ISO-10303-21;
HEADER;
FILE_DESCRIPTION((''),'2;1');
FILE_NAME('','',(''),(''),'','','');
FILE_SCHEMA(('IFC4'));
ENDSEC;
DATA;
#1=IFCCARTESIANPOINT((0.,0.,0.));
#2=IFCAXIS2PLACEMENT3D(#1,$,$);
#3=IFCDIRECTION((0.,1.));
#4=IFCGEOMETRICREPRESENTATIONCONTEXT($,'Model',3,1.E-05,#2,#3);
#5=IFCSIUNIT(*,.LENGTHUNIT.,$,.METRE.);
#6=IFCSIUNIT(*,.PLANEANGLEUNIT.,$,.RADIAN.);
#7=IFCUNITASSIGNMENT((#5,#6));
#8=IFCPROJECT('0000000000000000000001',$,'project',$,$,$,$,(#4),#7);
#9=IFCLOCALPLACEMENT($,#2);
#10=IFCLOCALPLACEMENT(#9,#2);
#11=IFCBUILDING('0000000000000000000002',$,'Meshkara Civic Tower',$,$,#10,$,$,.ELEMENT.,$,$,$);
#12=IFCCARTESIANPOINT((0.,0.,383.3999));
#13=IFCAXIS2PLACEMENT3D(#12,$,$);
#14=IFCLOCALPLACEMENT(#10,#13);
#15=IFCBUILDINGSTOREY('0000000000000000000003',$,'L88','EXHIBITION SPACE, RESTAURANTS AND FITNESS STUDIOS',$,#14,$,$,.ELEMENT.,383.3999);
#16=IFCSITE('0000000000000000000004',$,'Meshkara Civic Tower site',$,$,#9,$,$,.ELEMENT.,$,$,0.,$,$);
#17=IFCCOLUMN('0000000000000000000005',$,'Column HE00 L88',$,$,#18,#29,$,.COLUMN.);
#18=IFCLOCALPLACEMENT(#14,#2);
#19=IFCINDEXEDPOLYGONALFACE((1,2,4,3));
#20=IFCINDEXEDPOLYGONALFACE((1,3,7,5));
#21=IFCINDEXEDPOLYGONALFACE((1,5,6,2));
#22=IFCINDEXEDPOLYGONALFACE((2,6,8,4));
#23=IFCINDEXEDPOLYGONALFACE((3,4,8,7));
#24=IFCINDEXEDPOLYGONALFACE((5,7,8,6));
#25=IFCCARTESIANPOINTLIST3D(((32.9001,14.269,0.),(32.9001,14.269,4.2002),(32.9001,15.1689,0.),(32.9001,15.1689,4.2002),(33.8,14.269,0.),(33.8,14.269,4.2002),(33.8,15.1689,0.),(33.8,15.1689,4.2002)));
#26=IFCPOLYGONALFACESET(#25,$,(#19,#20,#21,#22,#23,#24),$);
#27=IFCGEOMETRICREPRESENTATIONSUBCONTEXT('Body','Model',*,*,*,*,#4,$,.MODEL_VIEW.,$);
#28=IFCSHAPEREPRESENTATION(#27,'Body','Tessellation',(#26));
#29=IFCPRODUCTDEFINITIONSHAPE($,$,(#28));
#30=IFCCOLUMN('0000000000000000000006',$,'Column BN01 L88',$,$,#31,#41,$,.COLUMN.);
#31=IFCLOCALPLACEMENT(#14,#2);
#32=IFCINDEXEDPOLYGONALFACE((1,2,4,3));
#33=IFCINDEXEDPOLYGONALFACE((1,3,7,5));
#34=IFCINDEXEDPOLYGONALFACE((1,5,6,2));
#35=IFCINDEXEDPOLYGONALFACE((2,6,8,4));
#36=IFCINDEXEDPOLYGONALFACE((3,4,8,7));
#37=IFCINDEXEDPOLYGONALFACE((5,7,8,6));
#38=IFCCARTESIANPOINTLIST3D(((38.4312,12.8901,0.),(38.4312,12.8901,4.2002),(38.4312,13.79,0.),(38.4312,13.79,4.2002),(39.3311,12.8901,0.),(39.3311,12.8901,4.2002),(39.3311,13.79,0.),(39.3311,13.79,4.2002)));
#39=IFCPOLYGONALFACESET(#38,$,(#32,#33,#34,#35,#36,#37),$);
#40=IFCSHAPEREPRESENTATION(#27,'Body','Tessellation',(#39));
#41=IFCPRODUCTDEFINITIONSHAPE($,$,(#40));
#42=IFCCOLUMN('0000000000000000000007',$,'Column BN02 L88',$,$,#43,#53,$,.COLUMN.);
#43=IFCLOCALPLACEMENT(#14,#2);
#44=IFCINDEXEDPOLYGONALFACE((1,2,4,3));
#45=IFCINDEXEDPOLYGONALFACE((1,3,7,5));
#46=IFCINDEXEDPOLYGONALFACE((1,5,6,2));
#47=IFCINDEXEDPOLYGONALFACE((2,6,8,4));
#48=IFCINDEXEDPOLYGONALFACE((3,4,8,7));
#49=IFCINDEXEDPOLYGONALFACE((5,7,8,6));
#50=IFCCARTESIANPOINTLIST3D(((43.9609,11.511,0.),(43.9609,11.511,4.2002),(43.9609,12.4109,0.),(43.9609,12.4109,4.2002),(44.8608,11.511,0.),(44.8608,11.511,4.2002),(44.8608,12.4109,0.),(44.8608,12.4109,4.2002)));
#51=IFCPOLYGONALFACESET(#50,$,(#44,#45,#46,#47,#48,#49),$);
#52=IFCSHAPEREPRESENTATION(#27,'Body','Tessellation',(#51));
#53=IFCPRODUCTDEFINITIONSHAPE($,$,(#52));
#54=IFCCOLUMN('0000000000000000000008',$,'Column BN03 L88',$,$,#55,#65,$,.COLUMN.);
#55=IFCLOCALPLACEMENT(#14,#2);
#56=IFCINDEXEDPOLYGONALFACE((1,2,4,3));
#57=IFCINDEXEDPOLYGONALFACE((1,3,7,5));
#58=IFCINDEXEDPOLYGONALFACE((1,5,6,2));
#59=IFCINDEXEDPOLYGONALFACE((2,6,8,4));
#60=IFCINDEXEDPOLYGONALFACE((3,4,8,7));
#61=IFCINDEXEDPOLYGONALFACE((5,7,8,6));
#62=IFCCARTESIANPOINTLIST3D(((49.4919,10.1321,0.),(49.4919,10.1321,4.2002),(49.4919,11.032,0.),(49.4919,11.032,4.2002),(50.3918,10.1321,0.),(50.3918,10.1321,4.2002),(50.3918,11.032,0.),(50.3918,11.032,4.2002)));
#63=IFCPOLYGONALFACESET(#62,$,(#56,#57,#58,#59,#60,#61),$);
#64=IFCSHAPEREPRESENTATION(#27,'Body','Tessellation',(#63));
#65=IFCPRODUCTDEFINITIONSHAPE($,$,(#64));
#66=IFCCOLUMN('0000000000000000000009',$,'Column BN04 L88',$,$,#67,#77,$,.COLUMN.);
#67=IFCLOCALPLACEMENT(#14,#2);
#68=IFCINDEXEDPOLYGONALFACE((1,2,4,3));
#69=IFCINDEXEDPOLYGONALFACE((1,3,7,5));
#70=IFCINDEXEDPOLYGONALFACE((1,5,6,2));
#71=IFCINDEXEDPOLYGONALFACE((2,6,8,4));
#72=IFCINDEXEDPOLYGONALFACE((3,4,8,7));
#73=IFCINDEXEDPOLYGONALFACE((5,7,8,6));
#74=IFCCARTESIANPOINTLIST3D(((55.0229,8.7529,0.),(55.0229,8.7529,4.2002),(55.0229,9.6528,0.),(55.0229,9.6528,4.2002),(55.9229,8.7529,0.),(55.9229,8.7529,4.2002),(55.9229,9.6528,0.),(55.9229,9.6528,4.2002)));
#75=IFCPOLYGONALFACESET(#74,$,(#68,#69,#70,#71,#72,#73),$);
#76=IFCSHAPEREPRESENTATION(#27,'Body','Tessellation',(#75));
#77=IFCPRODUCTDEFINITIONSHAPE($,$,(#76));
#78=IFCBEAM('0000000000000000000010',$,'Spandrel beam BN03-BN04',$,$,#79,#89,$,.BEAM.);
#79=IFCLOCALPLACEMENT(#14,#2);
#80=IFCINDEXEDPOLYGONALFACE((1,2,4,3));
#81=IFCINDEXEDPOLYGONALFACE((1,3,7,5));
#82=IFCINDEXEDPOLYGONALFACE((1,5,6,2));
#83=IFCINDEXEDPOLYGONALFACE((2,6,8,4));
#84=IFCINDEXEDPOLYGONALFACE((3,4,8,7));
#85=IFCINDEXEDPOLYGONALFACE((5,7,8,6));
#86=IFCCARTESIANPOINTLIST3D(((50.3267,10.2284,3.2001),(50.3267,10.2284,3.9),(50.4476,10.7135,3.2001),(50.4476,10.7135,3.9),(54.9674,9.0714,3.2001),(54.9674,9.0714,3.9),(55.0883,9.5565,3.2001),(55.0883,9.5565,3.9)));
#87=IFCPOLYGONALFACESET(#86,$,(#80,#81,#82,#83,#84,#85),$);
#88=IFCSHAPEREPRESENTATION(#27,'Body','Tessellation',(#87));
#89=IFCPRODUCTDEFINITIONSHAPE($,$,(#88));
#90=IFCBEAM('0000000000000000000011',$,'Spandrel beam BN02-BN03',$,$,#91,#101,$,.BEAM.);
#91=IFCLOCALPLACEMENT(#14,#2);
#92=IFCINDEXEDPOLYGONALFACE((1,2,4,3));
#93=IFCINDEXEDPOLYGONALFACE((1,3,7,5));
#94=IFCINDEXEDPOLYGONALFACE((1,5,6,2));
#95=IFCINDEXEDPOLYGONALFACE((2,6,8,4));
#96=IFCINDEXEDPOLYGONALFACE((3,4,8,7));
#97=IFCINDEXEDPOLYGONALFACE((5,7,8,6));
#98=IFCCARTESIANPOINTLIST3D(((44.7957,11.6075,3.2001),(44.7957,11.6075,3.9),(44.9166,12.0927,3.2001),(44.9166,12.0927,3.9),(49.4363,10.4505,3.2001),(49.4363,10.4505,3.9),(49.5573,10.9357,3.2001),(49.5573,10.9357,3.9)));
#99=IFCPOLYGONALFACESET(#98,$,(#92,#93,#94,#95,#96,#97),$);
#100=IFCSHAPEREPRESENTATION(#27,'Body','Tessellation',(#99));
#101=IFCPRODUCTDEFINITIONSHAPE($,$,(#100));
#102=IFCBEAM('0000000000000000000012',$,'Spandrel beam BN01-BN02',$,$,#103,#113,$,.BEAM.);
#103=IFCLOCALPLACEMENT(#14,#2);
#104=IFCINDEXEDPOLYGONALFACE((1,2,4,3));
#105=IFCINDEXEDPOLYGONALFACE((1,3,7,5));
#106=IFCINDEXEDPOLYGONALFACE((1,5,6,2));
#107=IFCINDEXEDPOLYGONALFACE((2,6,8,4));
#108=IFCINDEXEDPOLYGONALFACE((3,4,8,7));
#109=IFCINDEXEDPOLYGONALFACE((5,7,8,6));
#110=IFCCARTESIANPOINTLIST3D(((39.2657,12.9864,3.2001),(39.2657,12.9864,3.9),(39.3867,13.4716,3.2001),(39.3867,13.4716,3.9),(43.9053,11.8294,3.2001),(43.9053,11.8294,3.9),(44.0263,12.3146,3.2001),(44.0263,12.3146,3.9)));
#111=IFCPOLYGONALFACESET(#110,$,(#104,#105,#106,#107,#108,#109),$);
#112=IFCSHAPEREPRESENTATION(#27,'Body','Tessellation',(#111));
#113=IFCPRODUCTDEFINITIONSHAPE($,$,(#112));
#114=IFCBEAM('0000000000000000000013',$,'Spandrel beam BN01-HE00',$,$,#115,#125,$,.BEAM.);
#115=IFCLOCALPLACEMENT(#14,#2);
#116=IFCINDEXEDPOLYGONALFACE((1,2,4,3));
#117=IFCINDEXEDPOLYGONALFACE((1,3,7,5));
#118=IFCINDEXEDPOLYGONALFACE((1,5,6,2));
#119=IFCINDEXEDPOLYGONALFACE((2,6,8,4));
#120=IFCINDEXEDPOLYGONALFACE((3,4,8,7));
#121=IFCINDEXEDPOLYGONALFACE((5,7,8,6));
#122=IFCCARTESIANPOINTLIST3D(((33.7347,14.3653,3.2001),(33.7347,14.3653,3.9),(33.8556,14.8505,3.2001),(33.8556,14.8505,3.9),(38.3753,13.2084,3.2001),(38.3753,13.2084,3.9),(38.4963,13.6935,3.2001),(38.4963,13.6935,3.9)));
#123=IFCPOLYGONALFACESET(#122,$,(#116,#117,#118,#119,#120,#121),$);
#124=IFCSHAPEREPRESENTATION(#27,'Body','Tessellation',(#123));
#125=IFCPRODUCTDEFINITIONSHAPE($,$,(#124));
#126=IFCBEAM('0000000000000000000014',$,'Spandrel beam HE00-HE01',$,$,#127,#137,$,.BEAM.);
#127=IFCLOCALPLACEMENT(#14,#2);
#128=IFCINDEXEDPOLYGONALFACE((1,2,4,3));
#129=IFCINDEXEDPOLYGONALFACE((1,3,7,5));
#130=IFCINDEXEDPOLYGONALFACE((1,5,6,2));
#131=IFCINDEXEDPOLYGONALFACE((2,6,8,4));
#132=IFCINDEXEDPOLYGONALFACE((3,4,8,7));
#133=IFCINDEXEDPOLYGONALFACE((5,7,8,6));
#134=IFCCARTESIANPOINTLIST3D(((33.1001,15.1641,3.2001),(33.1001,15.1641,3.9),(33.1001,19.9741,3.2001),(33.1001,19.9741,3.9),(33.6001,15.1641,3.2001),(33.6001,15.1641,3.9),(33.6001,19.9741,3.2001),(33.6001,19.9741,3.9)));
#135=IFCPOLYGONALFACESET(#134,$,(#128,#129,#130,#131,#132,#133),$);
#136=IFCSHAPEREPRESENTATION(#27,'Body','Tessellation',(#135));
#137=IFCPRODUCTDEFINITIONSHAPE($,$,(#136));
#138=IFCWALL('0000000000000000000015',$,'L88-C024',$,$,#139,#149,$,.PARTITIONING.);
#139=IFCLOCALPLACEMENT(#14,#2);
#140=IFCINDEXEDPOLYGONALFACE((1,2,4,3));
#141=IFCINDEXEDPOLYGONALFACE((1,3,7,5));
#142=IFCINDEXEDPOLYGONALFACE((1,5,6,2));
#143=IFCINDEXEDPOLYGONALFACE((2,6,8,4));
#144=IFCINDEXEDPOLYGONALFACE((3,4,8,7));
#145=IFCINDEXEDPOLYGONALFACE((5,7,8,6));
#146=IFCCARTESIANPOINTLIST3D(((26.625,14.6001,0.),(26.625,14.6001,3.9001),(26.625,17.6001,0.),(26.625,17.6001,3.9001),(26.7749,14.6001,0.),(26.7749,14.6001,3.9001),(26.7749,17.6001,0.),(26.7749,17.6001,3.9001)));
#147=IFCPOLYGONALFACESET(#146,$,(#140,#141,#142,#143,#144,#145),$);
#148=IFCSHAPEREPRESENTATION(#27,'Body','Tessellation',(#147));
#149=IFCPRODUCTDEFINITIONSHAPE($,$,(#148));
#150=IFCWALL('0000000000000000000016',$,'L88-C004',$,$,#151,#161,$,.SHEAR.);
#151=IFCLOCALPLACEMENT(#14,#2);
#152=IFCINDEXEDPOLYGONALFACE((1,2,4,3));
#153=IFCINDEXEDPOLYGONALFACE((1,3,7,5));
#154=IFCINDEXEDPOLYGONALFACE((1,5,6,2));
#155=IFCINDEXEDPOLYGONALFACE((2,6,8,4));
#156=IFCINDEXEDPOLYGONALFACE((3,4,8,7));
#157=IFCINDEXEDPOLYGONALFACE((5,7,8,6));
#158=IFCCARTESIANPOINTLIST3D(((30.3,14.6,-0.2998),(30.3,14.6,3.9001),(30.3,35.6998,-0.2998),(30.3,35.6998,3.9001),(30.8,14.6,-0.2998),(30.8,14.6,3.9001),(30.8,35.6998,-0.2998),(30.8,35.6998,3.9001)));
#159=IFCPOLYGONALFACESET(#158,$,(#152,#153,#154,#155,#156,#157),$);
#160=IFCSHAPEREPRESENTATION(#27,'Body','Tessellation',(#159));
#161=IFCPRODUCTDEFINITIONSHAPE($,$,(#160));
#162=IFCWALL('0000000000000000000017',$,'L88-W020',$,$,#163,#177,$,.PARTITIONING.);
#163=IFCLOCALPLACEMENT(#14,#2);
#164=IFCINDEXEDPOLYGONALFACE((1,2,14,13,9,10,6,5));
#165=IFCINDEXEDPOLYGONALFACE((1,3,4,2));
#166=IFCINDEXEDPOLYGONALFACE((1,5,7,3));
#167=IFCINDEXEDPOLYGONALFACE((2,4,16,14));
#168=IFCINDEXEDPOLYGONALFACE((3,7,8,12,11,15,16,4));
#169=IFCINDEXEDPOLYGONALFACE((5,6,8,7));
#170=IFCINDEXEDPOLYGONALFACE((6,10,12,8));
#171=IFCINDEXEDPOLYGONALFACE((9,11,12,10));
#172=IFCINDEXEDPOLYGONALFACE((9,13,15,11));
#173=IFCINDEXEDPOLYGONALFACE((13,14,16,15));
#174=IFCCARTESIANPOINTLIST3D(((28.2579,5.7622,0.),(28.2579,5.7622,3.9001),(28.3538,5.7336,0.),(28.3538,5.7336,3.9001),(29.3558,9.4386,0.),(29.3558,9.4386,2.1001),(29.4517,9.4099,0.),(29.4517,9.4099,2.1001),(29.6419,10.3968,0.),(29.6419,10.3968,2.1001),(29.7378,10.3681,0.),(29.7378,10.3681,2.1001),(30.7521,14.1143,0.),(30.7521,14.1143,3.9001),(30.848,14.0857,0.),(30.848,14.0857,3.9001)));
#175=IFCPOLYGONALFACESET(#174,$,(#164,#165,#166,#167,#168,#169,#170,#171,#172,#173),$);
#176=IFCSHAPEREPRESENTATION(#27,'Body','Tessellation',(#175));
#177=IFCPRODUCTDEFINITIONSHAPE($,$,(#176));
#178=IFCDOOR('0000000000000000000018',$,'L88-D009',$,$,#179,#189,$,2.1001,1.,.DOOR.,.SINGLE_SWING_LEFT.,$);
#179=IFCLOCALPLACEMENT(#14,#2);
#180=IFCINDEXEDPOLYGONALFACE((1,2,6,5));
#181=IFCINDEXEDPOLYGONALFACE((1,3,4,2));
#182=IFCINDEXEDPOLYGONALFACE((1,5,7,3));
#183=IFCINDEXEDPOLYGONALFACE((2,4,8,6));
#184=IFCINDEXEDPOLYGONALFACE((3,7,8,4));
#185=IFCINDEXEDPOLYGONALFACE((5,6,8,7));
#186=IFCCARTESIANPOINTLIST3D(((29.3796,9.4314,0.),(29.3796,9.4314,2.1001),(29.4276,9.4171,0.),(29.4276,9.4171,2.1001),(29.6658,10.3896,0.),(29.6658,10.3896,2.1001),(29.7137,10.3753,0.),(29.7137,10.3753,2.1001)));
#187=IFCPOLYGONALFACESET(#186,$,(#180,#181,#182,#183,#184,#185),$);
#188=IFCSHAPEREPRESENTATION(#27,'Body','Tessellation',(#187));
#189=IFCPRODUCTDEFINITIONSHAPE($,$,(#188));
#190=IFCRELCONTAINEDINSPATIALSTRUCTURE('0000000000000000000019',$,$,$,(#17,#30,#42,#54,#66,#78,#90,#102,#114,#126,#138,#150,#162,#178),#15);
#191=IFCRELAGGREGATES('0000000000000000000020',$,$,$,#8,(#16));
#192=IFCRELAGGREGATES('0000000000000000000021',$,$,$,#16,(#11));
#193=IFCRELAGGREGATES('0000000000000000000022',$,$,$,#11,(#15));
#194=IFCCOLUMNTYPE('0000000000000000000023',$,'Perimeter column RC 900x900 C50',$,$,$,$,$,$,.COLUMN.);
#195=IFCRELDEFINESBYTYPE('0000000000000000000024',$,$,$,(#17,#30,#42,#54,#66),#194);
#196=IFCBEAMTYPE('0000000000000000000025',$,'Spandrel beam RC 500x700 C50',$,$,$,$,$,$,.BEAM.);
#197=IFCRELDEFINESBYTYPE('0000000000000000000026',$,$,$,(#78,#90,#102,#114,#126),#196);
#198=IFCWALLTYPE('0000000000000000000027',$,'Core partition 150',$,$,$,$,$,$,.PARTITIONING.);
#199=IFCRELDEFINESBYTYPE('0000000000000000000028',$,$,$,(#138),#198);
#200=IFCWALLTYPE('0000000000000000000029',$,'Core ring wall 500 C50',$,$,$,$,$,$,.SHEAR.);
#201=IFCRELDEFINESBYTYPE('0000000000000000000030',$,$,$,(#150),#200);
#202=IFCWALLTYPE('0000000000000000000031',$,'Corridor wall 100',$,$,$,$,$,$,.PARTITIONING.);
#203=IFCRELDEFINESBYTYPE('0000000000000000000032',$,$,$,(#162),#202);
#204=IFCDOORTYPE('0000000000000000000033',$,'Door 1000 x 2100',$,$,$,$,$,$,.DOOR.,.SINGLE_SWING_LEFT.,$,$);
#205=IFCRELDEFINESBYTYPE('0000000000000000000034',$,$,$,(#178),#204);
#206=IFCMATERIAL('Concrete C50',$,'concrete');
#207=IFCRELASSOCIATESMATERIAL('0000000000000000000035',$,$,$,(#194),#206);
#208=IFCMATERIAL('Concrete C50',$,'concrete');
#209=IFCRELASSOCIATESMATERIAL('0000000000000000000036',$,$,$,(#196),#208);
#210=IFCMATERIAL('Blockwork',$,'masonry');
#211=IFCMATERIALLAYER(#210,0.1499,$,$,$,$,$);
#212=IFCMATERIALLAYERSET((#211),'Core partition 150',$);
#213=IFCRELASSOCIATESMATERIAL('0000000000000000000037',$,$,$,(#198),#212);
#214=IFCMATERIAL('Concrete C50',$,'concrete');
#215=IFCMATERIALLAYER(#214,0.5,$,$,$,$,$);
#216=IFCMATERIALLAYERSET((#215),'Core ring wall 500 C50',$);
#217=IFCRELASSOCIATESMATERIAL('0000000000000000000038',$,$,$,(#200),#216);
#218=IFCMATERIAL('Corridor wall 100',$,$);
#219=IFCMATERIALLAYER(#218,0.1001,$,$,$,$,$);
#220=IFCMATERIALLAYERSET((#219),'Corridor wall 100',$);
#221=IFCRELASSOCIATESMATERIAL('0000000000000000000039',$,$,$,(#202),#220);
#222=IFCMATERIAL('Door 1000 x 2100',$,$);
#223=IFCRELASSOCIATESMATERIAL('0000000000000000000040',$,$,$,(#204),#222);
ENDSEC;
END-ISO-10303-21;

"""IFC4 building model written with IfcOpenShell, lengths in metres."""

from ifc_helpers import new_model, si_unit, direction, frame, frame_2d, origin, origin_2d, place, context, subcontext, project, spatial, rectangle, extrude, material, layer, layer_set, material_profile, profile_set, type_object, element, fill, save


model = new_model("IFC4")

# Units and contexts
model_context = context("Model", 3, precision=1e-05, world=origin(), true_north=direction((0.0, 1.0)))
body_context = subcontext(model_context, "Body", "Model", "MODEL_VIEW")
ifc_project = project(units=[si_unit("LENGTHUNIT", "METRE"), si_unit("PLANEANGLEUNIT", "RADIAN")], contexts=[model_context])

# Site, building, storey
site_placement = place(None, origin())
site = spatial("IfcSite", under=ifc_project, at=site_placement, Name="Meshkara Civic Tower site", CompositionType="ELEMENT", RefElevation=0.0)
building_placement = place(site_placement, origin())
building = spatial("IfcBuilding", under=site, at=building_placement, Name="Meshkara Civic Tower", CompositionType="ELEMENT")
storey_placement = place(building_placement, frame((0.0, 0.0, 383.3999)))
storey = spatial("IfcBuildingStorey", under=building, at=storey_placement, Name="L88", Description="EXHIBITION SPACE, RESTAURANTS AND FITNESS STUDIOS", CompositionType="ELEMENT", Elevation=383.3999)

# Columns
ifc_material_1 = material(Name="Concrete C50", Category="concrete")
ifc_material_profile_1 = material_profile(ifc_material_1, rectangle(XDim=0.8999, YDim=0.8999, at=origin_2d()))
ifc_profile_set_1 = profile_set([ifc_material_profile_1], Name="Concrete C50")
column_type = type_object("IfcColumnType", Name="Perimeter column RC 900x900 C50", PredefinedType="COLUMN", material=ifc_profile_set_1)
for number, where, z_axis, x_axis, name in (
    (1, (33.3501, 14.719, 0.0), (0.0, 0.0, 1.0), (1.0, 0.0, 0.0), "Column HE00 L88"),
    (2, (38.8811, 13.3401, 0.0), (0.0, 0.0, 1.0), (1.0, 0.0, 0.0), "Column BN01 L88"),
    (3, (44.4109, 11.9609, 0.0), (0.0, 0.0, 1.0), (1.0, 0.0, 0.0), "Column BN02 L88"),
    (4, (49.9419, 10.582, 0.0), (0.0, 0.0, 1.0), (1.0, 0.0, 0.0), "Column BN03 L88"),
    (5, (55.4729, 9.2029, 0.0), (0.0, 0.0, 1.0), (1.0, 0.0, 0.0), "Column BN04 L88"),
):
    element("IfcColumn", number, at=place(storey_placement, frame(where, z_axis=z_axis, x_axis=x_axis)), inside=storey, type_object=column_type, Name=name, PredefinedType="COLUMN", context=body_context, shape_type="SweptSolid", body=[
        extrude(rectangle(XDim=0.8999, YDim=0.8999, at=origin_2d()), origin(), (0.0, 0.0, 1.0), 4.2002),
    ])

# Beams
ifc_material_2 = material(Name="Concrete C50", Category="concrete")
ifc_material_profile_2 = material_profile(ifc_material_2, rectangle(XDim=0.5, YDim=0.7, at=origin_2d()))
ifc_profile_set_2 = profile_set([ifc_material_profile_2], Name="Concrete C50")
beam_type = type_object("IfcBeamType", Name="Spandrel beam RC 500x700 C50", PredefinedType="BEAM", material=ifc_profile_set_2)
for number, where, z_axis, x_axis, name in (
    (6, (55.0278, 9.314, 3.55), (-0.970298, 0.241911, 0.0), (-0.241911, -0.970298, 0.0), "Spandrel beam BN03-BN04"),
    (7, (49.4968, 10.6931, 3.55), (-0.970298, 0.241911, 0.0), (-0.241911, -0.970298, 0.0), "Spandrel beam BN02-BN03"),
):
    element("IfcBeam", number, at=place(storey_placement, frame(where, z_axis=z_axis, x_axis=x_axis)), inside=storey, type_object=beam_type, Name=name, PredefinedType="BEAM", context=body_context, shape_type="SweptSolid", body=[
        extrude(rectangle(XDim=0.5, YDim=0.7, at=origin_2d()), origin(), (0.0, 0.0, 1.0), 4.7827),
    ])
beam_1_placement = place(storey_placement, frame((43.9658, 12.072, 3.55), z_axis=(-0.970286, 0.241959, 0.0), x_axis=(-0.241959, -0.970286, 0.0)))
element("IfcBeam", 8, at=beam_1_placement, inside=storey, type_object=beam_type, Name="Spandrel beam BN01-BN02", PredefinedType="BEAM", context=body_context, shape_type="SweptSolid", body=[
    extrude(rectangle(XDim=0.5, YDim=0.7, at=origin_2d()), origin(), (0.0, 0.0, 1.0), 4.7817),
])
beam_2_placement = place(storey_placement, frame((38.4358, 13.4509, 3.55), z_axis=(-0.970298, 0.241911, 0.0), x_axis=(-0.241911, -0.970298, 0.0)))
element("IfcBeam", 9, at=beam_2_placement, inside=storey, type_object=beam_type, Name="Spandrel beam BN01-HE00", PredefinedType="BEAM", context=body_context, shape_type="SweptSolid", body=[
    extrude(rectangle(XDim=0.5, YDim=0.7, at=origin_2d()), origin(), (0.0, 0.0, 1.0), 4.7827),
])
beam_3_placement = place(storey_placement, frame((33.3501, 15.1641, 3.55), z_axis=(0.0, 1.0, 0.0), x_axis=(-1.0, 0.0, 0.0)))
element("IfcBeam", 10, at=beam_3_placement, inside=storey, type_object=beam_type, Name="Spandrel beam HE00-HE01", PredefinedType="BEAM", context=body_context, shape_type="SweptSolid", body=[
    extrude(rectangle(XDim=0.5, YDim=0.7, at=origin_2d()), origin(), (0.0, 0.0, 1.0), 4.8101),
])

# Walls
ifc_material_3 = material(Name="Blockwork", Category="masonry")
ifc_layer_1 = layer(ifc_material_3, 0.1499)
ifc_layer_set_1 = layer_set([ifc_layer_1], Name="Core partition 150")
wall_type_1 = type_object("IfcWallType", Name="Core partition 150", PredefinedType="PARTITIONING", material=ifc_layer_set_1)
wall_1_placement = place(storey_placement, frame((26.7, 14.6001, 0.0), z_axis=(0.0, 0.0, 1.0), x_axis=(0.0, 1.0, 0.0)))
element("IfcWall", 11, at=wall_1_placement, inside=storey, type_object=wall_type_1, Name="L88-C024", PredefinedType="PARTITIONING", context=body_context, shape_type="SweptSolid", body=[
    extrude(rectangle(XDim=3.0, YDim=0.1499, at=frame_2d((1.5, 0.0))), origin(), (0.0, 0.0, 1.0), 3.9001),
])
ifc_material_4 = material(Name="Concrete C50", Category="concrete")
ifc_layer_2 = layer(ifc_material_4, 0.5)
ifc_layer_set_2 = layer_set([ifc_layer_2], Name="Core ring wall 500 C50")
wall_type_2 = type_object("IfcWallType", Name="Core ring wall 500 C50", PredefinedType="SHEAR", material=ifc_layer_set_2)
wall_2_placement = place(storey_placement, frame((30.55, 14.6001, -0.2998), z_axis=(0.0, 0.0, 1.0), x_axis=(0.0, 1.0, 0.0)))
element("IfcWall", 12, at=wall_2_placement, inside=storey, type_object=wall_type_2, Name="L88-C004", PredefinedType="SHEAR", context=body_context, shape_type="SweptSolid", body=[
    extrude(rectangle(XDim=21.0999, YDim=0.5, at=frame_2d((10.5498, 0.0))), origin(), (0.0, 0.0, 1.0), 4.2),
])

# Wall, opening, door
ifc_material_5 = material(Name="Corridor wall 100")
ifc_layer_3 = layer(ifc_material_5, 0.1001)
ifc_layer_set_3 = layer_set([ifc_layer_3], Name="Corridor wall 100")
wall_type_3 = type_object("IfcWallType", Name="Corridor wall 100", PredefinedType="PARTITIONING", material=ifc_layer_set_3)
wall_3_placement = place(storey_placement, frame((30.8, 14.1001, 0.0), z_axis=(0.0, 0.0, 1.0), x_axis=(-0.28614, -0.958188, 0.0)))
wall_3 = element("IfcWall", 13, at=wall_3_placement, inside=storey, type_object=wall_type_3, Name="L88-W020", PredefinedType="PARTITIONING", context=body_context, shape_type="SweptSolid", body=[
    extrude(rectangle(XDim=8.7166, YDim=0.1001, at=frame_2d((4.3584, 0.0))), origin(), (0.0, 0.0, 1.0), 3.9001),
])
opening_1_placement = place(wall_3_placement, frame((3.8799, 0.0, 0.0)))
opening_1 = element("IfcOpeningElement", 14, at=opening_1_placement, cuts=wall_3, PredefinedType="OPENING", context=body_context, shape_type="SweptSolid", body=[
    extrude(rectangle(XDim=1.0, YDim=2.1001, at=frame_2d((0.5, 1.05))), frame((0.0, 0.0601, 0.0), z_axis=(0.0, -1.0, 0.0), x_axis=(1.0, 0.0, 0.0)), (0.0, 0.0, 1.0), 0.1201),
])
ifc_material_6 = material(Name="Door 1000 x 2100")
door_type = type_object("IfcDoorType", Name="Door 1000 x 2100", OperationType="SINGLE_SWING_LEFT", PredefinedType="DOOR", material=ifc_material_6)
door_placement = place(opening_1_placement, origin())
door = element("IfcDoor", 15, at=door_placement, inside=storey, type_object=door_type, Name="L88-D009", OperationType="SINGLE_SWING_LEFT", OverallHeight=2.1001, OverallWidth=1.0, PredefinedType="DOOR", context=body_context, shape_type="SweptSolid", body=[
    extrude(rectangle(XDim=1.0, YDim=2.1001, at=frame_2d((0.5, 1.05))), frame((0.0, 0.0249, 0.0), z_axis=(0.0, -1.0, 0.0), x_axis=(1.0, 0.0, 0.0)), (0.0, 0.0, 1.0), 0.05),
])
fill(opening_1, door)

save(model, "model.ifc")
